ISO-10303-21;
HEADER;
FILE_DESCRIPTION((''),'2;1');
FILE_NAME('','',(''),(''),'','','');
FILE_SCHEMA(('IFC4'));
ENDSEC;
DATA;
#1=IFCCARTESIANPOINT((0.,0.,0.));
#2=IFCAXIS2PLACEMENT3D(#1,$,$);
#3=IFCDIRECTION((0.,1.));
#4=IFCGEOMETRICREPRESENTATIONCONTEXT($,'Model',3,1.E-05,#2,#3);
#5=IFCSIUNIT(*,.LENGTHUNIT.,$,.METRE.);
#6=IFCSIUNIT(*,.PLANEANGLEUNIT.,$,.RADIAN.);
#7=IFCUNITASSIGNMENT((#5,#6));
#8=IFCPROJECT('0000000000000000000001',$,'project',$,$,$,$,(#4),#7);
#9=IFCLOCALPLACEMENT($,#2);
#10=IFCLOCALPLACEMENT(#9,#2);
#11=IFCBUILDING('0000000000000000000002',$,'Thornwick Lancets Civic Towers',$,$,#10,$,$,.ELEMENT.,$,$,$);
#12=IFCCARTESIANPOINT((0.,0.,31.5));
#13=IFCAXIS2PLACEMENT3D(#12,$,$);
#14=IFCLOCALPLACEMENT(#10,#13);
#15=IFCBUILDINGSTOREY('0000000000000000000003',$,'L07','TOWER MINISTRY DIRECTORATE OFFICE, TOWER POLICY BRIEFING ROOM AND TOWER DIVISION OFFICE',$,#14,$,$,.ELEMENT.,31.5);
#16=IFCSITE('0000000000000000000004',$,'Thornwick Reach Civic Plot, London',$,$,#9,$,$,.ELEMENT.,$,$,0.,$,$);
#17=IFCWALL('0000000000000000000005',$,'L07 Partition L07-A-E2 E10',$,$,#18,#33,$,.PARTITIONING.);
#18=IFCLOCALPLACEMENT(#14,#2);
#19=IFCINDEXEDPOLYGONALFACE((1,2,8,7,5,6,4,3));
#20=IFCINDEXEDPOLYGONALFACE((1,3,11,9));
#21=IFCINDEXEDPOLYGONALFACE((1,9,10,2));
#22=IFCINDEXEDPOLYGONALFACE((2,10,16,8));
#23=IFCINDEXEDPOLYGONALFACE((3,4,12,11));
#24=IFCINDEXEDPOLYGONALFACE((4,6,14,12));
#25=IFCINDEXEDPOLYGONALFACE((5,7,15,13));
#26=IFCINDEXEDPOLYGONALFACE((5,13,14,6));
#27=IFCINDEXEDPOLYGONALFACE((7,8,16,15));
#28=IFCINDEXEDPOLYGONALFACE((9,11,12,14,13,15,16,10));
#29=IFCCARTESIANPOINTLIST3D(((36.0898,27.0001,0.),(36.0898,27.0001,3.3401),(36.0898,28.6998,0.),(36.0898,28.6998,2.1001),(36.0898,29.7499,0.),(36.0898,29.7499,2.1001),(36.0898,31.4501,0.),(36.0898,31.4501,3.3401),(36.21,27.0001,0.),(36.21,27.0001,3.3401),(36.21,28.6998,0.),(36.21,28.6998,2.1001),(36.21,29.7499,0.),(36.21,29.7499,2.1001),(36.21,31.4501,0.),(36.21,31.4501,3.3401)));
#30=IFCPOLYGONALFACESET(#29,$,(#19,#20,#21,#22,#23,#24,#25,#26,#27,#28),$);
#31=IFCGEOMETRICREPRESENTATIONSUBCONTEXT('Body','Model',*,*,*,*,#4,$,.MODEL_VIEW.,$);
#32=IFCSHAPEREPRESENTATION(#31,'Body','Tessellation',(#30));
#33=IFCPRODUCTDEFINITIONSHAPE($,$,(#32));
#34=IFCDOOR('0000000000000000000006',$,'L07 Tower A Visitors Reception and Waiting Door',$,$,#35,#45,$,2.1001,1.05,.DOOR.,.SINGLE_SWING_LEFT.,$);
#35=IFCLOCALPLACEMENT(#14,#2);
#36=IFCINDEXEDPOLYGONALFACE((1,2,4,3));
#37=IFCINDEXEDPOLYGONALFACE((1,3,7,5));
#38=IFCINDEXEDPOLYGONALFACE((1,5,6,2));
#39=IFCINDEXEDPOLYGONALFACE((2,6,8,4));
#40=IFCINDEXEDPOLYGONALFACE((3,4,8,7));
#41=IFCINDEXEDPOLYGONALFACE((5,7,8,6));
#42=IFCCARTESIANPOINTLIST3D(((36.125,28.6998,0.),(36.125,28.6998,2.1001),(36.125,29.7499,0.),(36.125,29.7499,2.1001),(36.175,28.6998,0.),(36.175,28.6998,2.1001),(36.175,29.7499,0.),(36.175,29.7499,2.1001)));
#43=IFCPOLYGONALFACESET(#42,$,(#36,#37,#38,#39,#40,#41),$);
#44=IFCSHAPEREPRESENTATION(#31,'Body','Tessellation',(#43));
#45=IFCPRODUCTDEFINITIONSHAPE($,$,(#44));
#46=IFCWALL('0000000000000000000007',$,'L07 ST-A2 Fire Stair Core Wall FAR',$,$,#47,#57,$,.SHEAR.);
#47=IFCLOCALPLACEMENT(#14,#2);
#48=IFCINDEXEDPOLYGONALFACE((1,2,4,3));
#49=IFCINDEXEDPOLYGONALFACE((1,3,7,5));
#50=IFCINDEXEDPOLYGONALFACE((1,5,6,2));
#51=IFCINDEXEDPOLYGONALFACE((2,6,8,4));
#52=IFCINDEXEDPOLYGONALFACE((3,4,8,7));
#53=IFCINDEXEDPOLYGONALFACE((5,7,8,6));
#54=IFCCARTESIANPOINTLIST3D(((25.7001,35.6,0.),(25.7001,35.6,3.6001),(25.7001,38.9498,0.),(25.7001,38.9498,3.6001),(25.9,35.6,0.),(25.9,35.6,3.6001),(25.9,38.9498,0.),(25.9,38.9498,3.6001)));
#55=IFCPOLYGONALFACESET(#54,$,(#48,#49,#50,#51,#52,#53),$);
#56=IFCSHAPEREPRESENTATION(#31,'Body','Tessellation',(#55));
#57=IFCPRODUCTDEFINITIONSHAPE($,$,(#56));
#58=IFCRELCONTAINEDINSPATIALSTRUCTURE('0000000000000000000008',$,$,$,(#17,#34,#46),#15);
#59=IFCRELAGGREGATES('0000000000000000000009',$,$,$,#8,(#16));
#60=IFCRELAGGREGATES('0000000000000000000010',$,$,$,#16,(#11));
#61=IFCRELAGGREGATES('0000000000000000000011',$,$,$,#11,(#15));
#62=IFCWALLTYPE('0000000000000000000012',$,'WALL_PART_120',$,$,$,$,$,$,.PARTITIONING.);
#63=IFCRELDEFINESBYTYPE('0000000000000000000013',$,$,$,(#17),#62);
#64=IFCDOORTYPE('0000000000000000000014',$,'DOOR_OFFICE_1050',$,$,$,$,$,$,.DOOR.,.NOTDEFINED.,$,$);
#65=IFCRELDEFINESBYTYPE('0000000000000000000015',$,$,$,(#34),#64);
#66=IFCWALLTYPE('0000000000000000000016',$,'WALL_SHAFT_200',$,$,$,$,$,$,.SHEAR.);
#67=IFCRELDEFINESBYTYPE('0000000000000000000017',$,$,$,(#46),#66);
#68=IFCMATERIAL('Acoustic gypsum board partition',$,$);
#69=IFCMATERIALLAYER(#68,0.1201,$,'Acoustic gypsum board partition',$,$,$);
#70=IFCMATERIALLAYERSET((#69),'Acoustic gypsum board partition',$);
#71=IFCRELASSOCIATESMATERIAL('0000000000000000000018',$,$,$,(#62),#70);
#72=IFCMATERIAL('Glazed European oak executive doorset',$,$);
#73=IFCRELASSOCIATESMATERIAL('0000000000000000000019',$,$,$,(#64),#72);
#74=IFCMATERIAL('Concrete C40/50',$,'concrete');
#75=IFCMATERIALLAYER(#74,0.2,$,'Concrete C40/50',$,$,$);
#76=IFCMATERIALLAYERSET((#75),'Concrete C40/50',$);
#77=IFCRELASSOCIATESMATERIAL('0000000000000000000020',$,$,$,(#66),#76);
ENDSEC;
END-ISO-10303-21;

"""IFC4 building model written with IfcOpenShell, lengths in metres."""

from ifc_helpers import new_model, si_unit, direction, frame, frame_2d, origin, place, context, subcontext, project, spatial, rectangle, extrude, material, layer, layer_set, type_object, element, fill, save


model = new_model("IFC4")

# Units and contexts
model_context = context("Model", 3, precision=1e-05, world=origin(), true_north=direction((0.0, 1.0)))
body_context = subcontext(model_context, "Body", "Model", "MODEL_VIEW")
ifc_project = project(units=[si_unit("LENGTHUNIT", "METRE"), si_unit("PLANEANGLEUNIT", "RADIAN")], contexts=[model_context])

# Site, building, storey
site_placement = place(None, origin())
site = spatial("IfcSite", under=ifc_project, at=site_placement, Name="Thornwick Reach Civic Plot, London", CompositionType="ELEMENT", RefElevation=0.0)
building_placement = place(site_placement, origin())
building = spatial("IfcBuilding", under=site, at=building_placement, Name="Thornwick Lancets Civic Towers", CompositionType="ELEMENT")
storey_placement = place(building_placement, frame((0.0, 0.0, 31.5)))
storey = spatial("IfcBuildingStorey", under=building, at=storey_placement, Name="L07", Description="TOWER MINISTRY DIRECTORATE OFFICE, TOWER POLICY BRIEFING ROOM AND TOWER DIVISION OFFICE", CompositionType="ELEMENT", Elevation=31.5)

# Shared definitions
ifc_material_1 = material(Name="Acoustic gypsum board partition")
ifc_layer_1 = layer(ifc_material_1, 0.1201, Name="Acoustic gypsum board partition")
ifc_layer_set_1 = layer_set([ifc_layer_1], Name="Acoustic gypsum board partition")
wall_type_1 = type_object("IfcWallType", Name="WALL_PART_120", PredefinedType="PARTITIONING", material=ifc_layer_set_1)

# Shared definitions
ifc_material_2 = material(Name="Glazed European oak executive doorset")
door_type_1 = type_object("IfcDoorType", Name="DOOR_OFFICE_1050", OperationType="NOTDEFINED", PredefinedType="DOOR", material=ifc_material_2)

# Wall, opening, door
wall_1_placement = place(storey_placement, frame((36.1499, 27.0, 0.0), z_axis=(0.0, 0.0, 1.0), x_axis=(0.0, 1.0, 0.0)))
wall_1 = element("IfcWall", 1, at=wall_1_placement, inside=storey, type_object=wall_type_1, Name="L07 Partition L07-A-E2 E10", PredefinedType="PARTITIONING", context=body_context, shape_type="SweptSolid", body=[
    extrude(rectangle(XDim=4.45, YDim=0.1201, at=frame_2d((2.2251, 0.0))), origin(), (0.0, 0.0, 1.0), 3.3401),
])
opening_1_placement = place(wall_1_placement, frame((1.7, 0.0, 0.0)))
opening_1 = element("IfcOpeningElement", 2, at=opening_1_placement, cuts=wall_1, PredefinedType="OPENING", context=body_context, shape_type="SweptSolid", body=[
    extrude(rectangle(XDim=1.05, YDim=2.1001, at=frame_2d((0.5249, 1.05))), frame((0.0, 0.0701, 0.0), z_axis=(0.0, -1.0, 0.0), x_axis=(1.0, 0.0, 0.0)), (0.0, 0.0, 1.0), 0.1401),
])
door_1_placement = place(opening_1_placement, origin())
door_1 = element("IfcDoor", 3, at=door_1_placement, inside=storey, type_object=door_type_1, Name="L07 Tower A Visitors Reception and Waiting Door", OperationType="SINGLE_SWING_LEFT", OverallHeight=2.1001, OverallWidth=1.05, PredefinedType="DOOR", context=body_context, shape_type="SweptSolid", body=[
    extrude(rectangle(XDim=1.05, YDim=2.1001, at=frame_2d((0.5249, 1.05))), frame((0.0, 0.0249, 0.0), z_axis=(0.0, -1.0, 0.0), x_axis=(1.0, 0.0, 0.0)), (0.0, 0.0, 1.0), 0.05),
])
fill(opening_1, door_1)

# Wall
ifc_material_3 = material(Name="Concrete C40/50", Category="concrete")
ifc_layer_2 = layer(ifc_material_3, 0.2, Name="Concrete C40/50")
ifc_layer_set_2 = layer_set([ifc_layer_2], Name="Concrete C40/50")
wall_type_2 = type_object("IfcWallType", Name="WALL_SHAFT_200", PredefinedType="SHEAR", material=ifc_layer_set_2)
wall_2_placement = place(storey_placement, frame((25.8, 35.6001, 0.0), z_axis=(0.0, 0.0, 1.0), x_axis=(0.0, 1.0, 0.0)))
element("IfcWall", 4, at=wall_2_placement, inside=storey, type_object=wall_type_2, Name="L07 ST-A2 Fire Stair Core Wall FAR", PredefinedType="SHEAR", context=body_context, shape_type="SweptSolid", body=[
    extrude(rectangle(XDim=3.3499, YDim=0.2, at=frame_2d((1.6748, 0.0))), origin(), (0.0, 0.0, 1.0), 3.6001),
])

save(model, "model.ifc")
